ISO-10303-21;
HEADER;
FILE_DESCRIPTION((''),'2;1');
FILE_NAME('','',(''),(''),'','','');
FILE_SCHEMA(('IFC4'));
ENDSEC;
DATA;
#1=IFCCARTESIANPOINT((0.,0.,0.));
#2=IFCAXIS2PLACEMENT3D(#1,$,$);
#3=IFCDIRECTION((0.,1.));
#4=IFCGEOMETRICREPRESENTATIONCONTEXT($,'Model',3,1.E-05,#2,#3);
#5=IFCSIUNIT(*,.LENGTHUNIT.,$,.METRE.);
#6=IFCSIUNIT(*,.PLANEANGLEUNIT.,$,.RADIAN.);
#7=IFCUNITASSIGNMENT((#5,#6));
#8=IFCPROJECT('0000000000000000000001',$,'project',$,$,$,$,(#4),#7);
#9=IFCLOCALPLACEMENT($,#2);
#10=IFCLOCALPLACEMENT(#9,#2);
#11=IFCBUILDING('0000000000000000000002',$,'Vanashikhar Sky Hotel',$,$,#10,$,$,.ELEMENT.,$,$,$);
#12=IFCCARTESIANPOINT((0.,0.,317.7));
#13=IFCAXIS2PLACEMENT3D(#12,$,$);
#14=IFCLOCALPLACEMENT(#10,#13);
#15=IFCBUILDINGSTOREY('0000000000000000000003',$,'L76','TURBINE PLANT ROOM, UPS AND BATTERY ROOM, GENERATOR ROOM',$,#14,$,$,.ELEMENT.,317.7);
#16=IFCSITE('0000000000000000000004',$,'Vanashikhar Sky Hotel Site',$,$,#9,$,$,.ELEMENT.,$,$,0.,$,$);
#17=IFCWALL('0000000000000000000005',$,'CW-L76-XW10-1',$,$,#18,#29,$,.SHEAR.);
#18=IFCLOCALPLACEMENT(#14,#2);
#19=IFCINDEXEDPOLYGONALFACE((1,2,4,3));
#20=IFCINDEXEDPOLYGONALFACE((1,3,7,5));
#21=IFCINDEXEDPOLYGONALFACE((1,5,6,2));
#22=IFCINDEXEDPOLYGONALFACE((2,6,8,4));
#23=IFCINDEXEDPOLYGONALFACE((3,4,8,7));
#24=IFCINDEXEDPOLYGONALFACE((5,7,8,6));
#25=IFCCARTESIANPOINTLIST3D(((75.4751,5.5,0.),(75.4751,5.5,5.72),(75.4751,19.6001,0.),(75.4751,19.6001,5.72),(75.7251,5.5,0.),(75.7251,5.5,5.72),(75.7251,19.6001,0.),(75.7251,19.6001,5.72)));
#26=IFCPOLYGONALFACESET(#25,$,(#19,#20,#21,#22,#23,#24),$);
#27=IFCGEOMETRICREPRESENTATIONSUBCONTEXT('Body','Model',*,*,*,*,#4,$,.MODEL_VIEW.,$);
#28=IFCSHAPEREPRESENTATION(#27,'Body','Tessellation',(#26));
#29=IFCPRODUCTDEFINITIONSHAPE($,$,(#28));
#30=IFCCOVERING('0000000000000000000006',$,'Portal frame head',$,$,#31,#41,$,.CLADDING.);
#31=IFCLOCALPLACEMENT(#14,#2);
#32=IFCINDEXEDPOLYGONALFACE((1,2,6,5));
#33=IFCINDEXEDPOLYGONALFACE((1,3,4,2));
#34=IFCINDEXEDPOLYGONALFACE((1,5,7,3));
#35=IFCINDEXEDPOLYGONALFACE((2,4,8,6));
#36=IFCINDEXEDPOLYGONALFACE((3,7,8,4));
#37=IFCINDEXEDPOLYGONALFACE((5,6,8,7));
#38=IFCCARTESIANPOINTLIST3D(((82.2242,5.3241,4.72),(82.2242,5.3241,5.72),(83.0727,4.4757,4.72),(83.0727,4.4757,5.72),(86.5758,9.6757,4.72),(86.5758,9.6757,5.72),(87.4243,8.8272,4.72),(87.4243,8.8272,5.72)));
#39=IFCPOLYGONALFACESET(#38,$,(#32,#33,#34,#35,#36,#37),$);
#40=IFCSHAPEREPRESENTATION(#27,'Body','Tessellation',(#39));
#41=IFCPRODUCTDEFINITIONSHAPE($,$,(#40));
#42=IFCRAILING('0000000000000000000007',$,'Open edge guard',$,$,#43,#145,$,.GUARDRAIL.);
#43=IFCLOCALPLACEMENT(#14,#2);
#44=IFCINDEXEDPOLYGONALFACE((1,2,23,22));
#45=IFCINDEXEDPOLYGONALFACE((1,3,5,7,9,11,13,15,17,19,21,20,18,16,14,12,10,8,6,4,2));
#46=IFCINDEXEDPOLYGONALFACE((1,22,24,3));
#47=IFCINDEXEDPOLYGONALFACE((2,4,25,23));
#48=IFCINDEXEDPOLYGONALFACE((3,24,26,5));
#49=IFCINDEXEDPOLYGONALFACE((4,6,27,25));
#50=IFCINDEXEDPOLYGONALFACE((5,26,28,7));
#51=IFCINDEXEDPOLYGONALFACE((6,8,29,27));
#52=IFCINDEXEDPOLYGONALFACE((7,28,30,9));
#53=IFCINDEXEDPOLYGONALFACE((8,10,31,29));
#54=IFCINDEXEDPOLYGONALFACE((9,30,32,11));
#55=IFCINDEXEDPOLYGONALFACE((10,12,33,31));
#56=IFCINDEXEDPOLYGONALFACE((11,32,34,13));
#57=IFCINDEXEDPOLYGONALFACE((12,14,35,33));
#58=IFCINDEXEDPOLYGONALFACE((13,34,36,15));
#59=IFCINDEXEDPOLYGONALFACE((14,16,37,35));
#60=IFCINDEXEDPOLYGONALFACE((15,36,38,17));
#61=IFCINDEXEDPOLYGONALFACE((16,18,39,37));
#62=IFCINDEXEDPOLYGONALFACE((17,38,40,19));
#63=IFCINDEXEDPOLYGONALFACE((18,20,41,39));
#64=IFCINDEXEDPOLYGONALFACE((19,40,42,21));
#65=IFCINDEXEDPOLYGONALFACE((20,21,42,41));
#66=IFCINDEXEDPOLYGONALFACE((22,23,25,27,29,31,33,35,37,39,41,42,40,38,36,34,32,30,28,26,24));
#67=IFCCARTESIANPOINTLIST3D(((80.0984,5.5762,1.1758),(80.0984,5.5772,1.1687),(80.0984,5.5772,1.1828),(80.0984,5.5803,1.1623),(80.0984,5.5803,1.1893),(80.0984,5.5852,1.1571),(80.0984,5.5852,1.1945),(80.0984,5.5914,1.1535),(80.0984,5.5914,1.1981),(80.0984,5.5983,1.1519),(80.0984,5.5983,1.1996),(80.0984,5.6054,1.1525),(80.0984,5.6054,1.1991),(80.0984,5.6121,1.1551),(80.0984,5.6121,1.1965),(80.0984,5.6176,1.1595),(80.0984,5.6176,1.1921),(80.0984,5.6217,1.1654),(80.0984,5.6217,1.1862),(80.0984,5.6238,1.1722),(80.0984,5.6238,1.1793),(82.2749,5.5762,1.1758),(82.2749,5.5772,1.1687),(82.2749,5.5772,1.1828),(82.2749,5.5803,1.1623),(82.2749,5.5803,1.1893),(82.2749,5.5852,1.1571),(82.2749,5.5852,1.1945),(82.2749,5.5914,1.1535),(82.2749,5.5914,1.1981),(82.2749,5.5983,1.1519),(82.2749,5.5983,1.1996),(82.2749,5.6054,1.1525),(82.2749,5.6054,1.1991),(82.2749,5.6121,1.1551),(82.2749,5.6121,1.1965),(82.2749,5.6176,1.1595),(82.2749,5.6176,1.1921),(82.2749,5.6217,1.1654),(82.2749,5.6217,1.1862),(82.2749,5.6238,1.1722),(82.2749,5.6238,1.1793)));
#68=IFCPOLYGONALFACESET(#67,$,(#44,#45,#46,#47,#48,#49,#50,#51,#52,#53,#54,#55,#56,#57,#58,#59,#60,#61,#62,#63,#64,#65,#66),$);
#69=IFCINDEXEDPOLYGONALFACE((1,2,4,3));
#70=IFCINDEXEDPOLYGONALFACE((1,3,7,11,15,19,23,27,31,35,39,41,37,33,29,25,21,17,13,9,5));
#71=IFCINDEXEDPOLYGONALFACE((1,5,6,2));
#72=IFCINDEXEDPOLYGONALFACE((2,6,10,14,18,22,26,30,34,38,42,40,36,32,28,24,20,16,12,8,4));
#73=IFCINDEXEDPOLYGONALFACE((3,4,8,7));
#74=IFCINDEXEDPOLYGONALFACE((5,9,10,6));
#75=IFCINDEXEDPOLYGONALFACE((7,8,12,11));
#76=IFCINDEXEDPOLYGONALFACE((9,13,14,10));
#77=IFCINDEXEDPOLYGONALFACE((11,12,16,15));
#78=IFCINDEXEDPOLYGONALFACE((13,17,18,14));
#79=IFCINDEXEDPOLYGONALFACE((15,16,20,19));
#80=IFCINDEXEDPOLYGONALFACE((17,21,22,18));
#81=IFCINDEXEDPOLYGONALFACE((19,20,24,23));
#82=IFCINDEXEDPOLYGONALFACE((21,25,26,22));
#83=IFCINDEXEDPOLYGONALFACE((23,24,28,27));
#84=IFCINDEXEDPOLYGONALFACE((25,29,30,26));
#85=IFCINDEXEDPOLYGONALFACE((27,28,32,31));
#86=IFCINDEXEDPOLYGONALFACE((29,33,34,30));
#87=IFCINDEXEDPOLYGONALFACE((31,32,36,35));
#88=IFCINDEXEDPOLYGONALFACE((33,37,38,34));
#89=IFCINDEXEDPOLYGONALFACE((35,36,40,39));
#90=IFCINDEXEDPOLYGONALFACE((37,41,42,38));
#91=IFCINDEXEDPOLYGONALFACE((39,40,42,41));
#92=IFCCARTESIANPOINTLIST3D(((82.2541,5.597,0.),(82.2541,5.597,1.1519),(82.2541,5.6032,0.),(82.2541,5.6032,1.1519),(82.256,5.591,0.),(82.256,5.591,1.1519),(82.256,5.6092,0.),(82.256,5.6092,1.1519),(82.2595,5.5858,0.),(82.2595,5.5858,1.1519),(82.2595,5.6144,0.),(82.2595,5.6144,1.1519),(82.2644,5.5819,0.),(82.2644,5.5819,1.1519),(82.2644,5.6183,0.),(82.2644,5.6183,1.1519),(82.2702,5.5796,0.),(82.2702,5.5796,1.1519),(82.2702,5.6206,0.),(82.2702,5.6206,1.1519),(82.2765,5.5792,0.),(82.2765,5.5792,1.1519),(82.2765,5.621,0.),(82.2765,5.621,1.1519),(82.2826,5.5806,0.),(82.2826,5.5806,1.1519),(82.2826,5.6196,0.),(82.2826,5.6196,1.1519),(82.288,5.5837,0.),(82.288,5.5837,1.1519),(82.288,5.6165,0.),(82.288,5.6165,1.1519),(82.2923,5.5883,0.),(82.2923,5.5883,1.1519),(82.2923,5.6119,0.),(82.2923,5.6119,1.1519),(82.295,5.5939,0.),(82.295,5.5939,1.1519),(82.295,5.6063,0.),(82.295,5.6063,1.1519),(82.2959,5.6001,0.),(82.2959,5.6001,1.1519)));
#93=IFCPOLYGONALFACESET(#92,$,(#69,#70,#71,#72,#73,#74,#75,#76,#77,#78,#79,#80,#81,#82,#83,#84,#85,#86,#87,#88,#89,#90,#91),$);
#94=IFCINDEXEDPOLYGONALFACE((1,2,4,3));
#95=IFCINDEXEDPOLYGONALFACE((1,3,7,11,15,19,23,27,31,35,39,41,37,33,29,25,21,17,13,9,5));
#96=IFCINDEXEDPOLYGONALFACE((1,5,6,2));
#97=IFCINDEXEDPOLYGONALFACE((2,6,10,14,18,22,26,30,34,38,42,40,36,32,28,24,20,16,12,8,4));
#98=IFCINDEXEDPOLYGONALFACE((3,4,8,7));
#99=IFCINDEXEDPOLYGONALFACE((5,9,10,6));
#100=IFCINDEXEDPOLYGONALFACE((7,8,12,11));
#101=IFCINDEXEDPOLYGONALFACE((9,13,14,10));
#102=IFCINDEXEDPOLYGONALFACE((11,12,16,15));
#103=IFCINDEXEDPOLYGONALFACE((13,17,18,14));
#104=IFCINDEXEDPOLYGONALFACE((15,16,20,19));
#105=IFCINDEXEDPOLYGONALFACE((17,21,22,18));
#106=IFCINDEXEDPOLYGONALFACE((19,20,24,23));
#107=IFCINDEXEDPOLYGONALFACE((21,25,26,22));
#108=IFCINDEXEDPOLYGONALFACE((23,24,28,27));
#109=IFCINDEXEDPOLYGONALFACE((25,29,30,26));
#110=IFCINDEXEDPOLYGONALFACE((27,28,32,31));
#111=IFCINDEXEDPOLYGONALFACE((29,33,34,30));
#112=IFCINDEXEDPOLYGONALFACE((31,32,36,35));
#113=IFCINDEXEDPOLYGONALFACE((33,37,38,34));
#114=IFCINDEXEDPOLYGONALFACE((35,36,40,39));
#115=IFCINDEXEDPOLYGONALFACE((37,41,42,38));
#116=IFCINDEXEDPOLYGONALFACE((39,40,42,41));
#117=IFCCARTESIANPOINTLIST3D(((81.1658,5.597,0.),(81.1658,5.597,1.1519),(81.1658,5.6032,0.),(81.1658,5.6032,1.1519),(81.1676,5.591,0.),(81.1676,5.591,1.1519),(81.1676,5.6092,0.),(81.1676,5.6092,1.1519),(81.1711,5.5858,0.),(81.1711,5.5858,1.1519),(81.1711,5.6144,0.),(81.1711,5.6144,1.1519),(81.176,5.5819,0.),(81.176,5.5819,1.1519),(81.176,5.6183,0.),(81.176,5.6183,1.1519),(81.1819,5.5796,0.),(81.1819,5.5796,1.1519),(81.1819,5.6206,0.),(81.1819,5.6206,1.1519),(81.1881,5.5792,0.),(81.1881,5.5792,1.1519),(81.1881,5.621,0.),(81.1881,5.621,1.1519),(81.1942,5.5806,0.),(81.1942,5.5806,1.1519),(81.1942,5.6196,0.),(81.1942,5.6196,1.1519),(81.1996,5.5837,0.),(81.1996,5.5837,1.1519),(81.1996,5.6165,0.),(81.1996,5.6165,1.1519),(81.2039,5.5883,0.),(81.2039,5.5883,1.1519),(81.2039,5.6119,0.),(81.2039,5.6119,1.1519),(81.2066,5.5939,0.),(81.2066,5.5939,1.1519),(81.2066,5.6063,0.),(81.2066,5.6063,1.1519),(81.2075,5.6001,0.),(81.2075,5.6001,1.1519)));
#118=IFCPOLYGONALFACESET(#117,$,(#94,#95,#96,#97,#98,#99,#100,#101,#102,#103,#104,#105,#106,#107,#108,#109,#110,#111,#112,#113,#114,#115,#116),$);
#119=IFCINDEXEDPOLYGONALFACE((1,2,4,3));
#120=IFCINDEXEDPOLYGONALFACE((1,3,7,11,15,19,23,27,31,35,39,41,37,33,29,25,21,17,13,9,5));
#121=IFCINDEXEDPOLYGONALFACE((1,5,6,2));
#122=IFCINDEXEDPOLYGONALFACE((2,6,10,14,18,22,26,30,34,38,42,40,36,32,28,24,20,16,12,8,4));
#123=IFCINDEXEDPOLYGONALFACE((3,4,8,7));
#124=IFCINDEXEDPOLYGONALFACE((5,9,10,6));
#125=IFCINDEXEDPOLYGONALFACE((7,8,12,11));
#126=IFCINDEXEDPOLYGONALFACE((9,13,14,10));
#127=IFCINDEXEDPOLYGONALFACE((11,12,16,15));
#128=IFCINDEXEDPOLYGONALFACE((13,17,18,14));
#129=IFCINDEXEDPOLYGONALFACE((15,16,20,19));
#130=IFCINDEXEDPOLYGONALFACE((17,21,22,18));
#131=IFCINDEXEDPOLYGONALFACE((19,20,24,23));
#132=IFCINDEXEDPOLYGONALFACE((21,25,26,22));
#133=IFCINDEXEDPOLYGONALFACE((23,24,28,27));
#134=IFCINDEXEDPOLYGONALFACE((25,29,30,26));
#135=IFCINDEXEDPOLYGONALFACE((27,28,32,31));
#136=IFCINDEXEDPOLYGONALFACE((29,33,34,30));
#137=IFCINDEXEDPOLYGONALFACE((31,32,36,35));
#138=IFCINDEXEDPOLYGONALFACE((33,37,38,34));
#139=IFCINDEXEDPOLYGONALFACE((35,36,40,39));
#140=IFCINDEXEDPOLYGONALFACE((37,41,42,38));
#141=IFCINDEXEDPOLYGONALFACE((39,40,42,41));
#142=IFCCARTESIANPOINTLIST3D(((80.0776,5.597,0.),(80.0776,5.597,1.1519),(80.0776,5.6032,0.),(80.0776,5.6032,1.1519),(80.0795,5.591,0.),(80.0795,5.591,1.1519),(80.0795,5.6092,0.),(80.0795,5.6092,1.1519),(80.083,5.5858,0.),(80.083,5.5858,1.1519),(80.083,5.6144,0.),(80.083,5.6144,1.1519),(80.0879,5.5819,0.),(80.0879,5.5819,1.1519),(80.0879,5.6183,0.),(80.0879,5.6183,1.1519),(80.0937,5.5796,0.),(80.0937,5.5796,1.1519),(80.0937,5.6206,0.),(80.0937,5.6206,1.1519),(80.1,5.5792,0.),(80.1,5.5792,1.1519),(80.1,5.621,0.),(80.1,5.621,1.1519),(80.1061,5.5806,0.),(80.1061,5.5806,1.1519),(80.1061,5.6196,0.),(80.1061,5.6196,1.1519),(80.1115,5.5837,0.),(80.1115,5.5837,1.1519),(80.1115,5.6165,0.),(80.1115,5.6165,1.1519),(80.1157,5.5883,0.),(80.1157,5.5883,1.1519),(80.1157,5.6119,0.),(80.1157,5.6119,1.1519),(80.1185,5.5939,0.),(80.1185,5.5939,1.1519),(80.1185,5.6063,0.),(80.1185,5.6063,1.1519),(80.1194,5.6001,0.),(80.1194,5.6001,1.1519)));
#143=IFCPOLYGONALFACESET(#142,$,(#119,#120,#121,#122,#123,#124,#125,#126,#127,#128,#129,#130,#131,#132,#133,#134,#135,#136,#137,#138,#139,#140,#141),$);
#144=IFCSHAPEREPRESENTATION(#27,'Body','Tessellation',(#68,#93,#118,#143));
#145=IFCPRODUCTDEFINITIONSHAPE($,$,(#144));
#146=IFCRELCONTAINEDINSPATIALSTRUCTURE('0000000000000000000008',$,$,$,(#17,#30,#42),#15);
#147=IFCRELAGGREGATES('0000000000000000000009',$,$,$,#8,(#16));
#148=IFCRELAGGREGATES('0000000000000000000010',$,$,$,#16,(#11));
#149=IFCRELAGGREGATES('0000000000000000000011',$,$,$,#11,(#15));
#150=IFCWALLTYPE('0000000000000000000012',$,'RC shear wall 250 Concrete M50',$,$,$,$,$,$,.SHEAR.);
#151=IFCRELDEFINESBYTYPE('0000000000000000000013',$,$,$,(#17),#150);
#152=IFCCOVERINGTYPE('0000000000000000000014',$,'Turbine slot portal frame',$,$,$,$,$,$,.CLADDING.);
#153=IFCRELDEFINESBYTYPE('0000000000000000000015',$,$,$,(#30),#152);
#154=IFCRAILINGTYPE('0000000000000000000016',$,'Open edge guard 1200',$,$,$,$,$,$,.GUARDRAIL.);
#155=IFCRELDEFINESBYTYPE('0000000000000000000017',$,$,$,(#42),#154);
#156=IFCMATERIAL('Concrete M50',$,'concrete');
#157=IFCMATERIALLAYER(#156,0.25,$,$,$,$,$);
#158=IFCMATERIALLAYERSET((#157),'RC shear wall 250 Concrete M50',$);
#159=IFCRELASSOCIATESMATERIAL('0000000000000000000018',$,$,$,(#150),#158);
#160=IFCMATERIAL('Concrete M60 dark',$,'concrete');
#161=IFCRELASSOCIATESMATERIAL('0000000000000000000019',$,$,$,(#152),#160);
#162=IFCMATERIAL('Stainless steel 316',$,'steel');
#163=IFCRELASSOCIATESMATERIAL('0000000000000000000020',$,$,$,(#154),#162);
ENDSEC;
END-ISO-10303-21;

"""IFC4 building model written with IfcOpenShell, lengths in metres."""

from ifc_helpers import new_model, si_unit, direction, frame, frame_2d, origin, origin_2d, place, context, subcontext, project, spatial, rectangle, circle, extrude, source, transform, mapped, material, layer, layer_set, type_object, element, save


model = new_model("IFC4")

# Units and contexts
model_context = context("Model", 3, precision=1e-05, world=origin(), true_north=direction((0.0, 1.0)))
body_context = subcontext(model_context, "Body", "Model", "MODEL_VIEW")
ifc_project = project(units=[si_unit("LENGTHUNIT", "METRE"), si_unit("PLANEANGLEUNIT", "RADIAN")], contexts=[model_context])

# Site, building, storey
site_placement = place(None, origin())
site = spatial("IfcSite", under=ifc_project, at=site_placement, Name="Vanashikhar Sky Hotel Site", CompositionType="ELEMENT", RefElevation=0.0)
building_placement = place(site_placement, origin())
building = spatial("IfcBuilding", under=site, at=building_placement, Name="Vanashikhar Sky Hotel", CompositionType="ELEMENT")
storey_placement = place(building_placement, frame((0.0, 0.0, 317.7)))
storey = spatial("IfcBuildingStorey", under=building, at=storey_placement, Name="L76", Description="TURBINE PLANT ROOM, UPS AND BATTERY ROOM, GENERATOR ROOM", CompositionType="ELEMENT", Elevation=317.7)

# Shared definitions
ifc_material_1 = material(Name="Concrete M50", Category="concrete")

# Wall
ifc_layer_1 = layer(ifc_material_1, 0.25)
ifc_layer_set_1 = layer_set([ifc_layer_1], Name="RC shear wall 250 Concrete M50")
wall_type = type_object("IfcWallType", Name="RC shear wall 250 Concrete M50", PredefinedType="SHEAR", material=ifc_layer_set_1)
shared_shape_1 = source(origin(), body_context, "Body", "SweptSolid", [
    extrude(rectangle(XDim=14.1001, YDim=0.25, at=frame_2d((7.05, 0.0))), origin(), (0.0, 0.0, 1.0), 5.72),
])
wall_1_placement = place(storey_placement, frame((75.6001, 5.5, 0.0), z_axis=(0.0, 0.0, 1.0), x_axis=(0.0, 1.0, 0.0)))
element("IfcWall", 1, at=wall_1_placement, inside=storey, type_object=wall_type, Name="CW-L76-XW10-1", PredefinedType="SHEAR", context=body_context, shape_type="MappedRepresentation", body=[
    mapped(shared_shape_1, transform((0.0, 0.0, 0.0), scale=1.0)),
])

# Covering
ifc_material_2 = material(Name="Concrete M60 dark", Category="concrete")
covering_type = type_object("IfcCoveringType", Name="Turbine slot portal frame", PredefinedType="CLADDING", material=ifc_material_2)
shared_shape_2 = source(origin(), body_context, "Body", "SweptSolid", [
    extrude(rectangle(XDim=6.1541, YDim=1.2, at=origin_2d()), origin(), (0.0, 0.0, 1.0), 1.0),
])
covering_1_placement = place(storey_placement, frame((84.8242, 7.0757, 4.72), z_axis=(0.0, 0.0, 1.0), x_axis=(0.707107, 0.707107, 0.0)))
element("IfcCovering", 2, at=covering_1_placement, inside=storey, type_object=covering_type, Name="Portal frame head", PredefinedType="CLADDING", context=body_context, shape_type="MappedRepresentation", body=[
    mapped(shared_shape_2, transform((0.0, 0.0, 0.0), scale=1.0)),
])

# Railing
ifc_material_3 = material(Name="Stainless steel 316", Category="steel")
railing_type = type_object("IfcRailingType", Name="Open edge guard 1200", PredefinedType="GUARDRAIL", material=ifc_material_3)
shared_shape_3 = source(origin(), body_context, "Body", "SweptSolid", [
    extrude(circle(Radius=0.0239, at=origin_2d()), frame((0.0, 0.0, 1.1758), z_axis=(-1.0, 0.0, 0.0), x_axis=(0.0, -1.0, 0.0)), (0.0, 0.0, 1.0), 2.1765),
    extrude(circle(Radius=0.021, at=origin_2d()), origin(), (0.0, 0.0, 1.0), 1.1519),
    extrude(circle(Radius=0.021, at=origin_2d()), frame((-1.0884, 0.0, 0.0)), (0.0, 0.0, 1.0), 1.1519),
    extrude(circle(Radius=0.021, at=origin_2d()), frame((-2.1765, 0.0, 0.0)), (0.0, 0.0, 1.0), 1.1519),
])
for number, where, name in (
    (3, (82.2749, 5.6001, 0.0), "Open edge guard"),
):
    element("IfcRailing", number, at=place(storey_placement, frame(where)), inside=storey, type_object=railing_type, Name=name, PredefinedType="GUARDRAIL", context=body_context, shape_type="MappedRepresentation", body=[
        mapped(shared_shape_3, transform((0.0, 0.0, 0.0), scale=1.0)),
    ])

save(model, "model.ifc")
